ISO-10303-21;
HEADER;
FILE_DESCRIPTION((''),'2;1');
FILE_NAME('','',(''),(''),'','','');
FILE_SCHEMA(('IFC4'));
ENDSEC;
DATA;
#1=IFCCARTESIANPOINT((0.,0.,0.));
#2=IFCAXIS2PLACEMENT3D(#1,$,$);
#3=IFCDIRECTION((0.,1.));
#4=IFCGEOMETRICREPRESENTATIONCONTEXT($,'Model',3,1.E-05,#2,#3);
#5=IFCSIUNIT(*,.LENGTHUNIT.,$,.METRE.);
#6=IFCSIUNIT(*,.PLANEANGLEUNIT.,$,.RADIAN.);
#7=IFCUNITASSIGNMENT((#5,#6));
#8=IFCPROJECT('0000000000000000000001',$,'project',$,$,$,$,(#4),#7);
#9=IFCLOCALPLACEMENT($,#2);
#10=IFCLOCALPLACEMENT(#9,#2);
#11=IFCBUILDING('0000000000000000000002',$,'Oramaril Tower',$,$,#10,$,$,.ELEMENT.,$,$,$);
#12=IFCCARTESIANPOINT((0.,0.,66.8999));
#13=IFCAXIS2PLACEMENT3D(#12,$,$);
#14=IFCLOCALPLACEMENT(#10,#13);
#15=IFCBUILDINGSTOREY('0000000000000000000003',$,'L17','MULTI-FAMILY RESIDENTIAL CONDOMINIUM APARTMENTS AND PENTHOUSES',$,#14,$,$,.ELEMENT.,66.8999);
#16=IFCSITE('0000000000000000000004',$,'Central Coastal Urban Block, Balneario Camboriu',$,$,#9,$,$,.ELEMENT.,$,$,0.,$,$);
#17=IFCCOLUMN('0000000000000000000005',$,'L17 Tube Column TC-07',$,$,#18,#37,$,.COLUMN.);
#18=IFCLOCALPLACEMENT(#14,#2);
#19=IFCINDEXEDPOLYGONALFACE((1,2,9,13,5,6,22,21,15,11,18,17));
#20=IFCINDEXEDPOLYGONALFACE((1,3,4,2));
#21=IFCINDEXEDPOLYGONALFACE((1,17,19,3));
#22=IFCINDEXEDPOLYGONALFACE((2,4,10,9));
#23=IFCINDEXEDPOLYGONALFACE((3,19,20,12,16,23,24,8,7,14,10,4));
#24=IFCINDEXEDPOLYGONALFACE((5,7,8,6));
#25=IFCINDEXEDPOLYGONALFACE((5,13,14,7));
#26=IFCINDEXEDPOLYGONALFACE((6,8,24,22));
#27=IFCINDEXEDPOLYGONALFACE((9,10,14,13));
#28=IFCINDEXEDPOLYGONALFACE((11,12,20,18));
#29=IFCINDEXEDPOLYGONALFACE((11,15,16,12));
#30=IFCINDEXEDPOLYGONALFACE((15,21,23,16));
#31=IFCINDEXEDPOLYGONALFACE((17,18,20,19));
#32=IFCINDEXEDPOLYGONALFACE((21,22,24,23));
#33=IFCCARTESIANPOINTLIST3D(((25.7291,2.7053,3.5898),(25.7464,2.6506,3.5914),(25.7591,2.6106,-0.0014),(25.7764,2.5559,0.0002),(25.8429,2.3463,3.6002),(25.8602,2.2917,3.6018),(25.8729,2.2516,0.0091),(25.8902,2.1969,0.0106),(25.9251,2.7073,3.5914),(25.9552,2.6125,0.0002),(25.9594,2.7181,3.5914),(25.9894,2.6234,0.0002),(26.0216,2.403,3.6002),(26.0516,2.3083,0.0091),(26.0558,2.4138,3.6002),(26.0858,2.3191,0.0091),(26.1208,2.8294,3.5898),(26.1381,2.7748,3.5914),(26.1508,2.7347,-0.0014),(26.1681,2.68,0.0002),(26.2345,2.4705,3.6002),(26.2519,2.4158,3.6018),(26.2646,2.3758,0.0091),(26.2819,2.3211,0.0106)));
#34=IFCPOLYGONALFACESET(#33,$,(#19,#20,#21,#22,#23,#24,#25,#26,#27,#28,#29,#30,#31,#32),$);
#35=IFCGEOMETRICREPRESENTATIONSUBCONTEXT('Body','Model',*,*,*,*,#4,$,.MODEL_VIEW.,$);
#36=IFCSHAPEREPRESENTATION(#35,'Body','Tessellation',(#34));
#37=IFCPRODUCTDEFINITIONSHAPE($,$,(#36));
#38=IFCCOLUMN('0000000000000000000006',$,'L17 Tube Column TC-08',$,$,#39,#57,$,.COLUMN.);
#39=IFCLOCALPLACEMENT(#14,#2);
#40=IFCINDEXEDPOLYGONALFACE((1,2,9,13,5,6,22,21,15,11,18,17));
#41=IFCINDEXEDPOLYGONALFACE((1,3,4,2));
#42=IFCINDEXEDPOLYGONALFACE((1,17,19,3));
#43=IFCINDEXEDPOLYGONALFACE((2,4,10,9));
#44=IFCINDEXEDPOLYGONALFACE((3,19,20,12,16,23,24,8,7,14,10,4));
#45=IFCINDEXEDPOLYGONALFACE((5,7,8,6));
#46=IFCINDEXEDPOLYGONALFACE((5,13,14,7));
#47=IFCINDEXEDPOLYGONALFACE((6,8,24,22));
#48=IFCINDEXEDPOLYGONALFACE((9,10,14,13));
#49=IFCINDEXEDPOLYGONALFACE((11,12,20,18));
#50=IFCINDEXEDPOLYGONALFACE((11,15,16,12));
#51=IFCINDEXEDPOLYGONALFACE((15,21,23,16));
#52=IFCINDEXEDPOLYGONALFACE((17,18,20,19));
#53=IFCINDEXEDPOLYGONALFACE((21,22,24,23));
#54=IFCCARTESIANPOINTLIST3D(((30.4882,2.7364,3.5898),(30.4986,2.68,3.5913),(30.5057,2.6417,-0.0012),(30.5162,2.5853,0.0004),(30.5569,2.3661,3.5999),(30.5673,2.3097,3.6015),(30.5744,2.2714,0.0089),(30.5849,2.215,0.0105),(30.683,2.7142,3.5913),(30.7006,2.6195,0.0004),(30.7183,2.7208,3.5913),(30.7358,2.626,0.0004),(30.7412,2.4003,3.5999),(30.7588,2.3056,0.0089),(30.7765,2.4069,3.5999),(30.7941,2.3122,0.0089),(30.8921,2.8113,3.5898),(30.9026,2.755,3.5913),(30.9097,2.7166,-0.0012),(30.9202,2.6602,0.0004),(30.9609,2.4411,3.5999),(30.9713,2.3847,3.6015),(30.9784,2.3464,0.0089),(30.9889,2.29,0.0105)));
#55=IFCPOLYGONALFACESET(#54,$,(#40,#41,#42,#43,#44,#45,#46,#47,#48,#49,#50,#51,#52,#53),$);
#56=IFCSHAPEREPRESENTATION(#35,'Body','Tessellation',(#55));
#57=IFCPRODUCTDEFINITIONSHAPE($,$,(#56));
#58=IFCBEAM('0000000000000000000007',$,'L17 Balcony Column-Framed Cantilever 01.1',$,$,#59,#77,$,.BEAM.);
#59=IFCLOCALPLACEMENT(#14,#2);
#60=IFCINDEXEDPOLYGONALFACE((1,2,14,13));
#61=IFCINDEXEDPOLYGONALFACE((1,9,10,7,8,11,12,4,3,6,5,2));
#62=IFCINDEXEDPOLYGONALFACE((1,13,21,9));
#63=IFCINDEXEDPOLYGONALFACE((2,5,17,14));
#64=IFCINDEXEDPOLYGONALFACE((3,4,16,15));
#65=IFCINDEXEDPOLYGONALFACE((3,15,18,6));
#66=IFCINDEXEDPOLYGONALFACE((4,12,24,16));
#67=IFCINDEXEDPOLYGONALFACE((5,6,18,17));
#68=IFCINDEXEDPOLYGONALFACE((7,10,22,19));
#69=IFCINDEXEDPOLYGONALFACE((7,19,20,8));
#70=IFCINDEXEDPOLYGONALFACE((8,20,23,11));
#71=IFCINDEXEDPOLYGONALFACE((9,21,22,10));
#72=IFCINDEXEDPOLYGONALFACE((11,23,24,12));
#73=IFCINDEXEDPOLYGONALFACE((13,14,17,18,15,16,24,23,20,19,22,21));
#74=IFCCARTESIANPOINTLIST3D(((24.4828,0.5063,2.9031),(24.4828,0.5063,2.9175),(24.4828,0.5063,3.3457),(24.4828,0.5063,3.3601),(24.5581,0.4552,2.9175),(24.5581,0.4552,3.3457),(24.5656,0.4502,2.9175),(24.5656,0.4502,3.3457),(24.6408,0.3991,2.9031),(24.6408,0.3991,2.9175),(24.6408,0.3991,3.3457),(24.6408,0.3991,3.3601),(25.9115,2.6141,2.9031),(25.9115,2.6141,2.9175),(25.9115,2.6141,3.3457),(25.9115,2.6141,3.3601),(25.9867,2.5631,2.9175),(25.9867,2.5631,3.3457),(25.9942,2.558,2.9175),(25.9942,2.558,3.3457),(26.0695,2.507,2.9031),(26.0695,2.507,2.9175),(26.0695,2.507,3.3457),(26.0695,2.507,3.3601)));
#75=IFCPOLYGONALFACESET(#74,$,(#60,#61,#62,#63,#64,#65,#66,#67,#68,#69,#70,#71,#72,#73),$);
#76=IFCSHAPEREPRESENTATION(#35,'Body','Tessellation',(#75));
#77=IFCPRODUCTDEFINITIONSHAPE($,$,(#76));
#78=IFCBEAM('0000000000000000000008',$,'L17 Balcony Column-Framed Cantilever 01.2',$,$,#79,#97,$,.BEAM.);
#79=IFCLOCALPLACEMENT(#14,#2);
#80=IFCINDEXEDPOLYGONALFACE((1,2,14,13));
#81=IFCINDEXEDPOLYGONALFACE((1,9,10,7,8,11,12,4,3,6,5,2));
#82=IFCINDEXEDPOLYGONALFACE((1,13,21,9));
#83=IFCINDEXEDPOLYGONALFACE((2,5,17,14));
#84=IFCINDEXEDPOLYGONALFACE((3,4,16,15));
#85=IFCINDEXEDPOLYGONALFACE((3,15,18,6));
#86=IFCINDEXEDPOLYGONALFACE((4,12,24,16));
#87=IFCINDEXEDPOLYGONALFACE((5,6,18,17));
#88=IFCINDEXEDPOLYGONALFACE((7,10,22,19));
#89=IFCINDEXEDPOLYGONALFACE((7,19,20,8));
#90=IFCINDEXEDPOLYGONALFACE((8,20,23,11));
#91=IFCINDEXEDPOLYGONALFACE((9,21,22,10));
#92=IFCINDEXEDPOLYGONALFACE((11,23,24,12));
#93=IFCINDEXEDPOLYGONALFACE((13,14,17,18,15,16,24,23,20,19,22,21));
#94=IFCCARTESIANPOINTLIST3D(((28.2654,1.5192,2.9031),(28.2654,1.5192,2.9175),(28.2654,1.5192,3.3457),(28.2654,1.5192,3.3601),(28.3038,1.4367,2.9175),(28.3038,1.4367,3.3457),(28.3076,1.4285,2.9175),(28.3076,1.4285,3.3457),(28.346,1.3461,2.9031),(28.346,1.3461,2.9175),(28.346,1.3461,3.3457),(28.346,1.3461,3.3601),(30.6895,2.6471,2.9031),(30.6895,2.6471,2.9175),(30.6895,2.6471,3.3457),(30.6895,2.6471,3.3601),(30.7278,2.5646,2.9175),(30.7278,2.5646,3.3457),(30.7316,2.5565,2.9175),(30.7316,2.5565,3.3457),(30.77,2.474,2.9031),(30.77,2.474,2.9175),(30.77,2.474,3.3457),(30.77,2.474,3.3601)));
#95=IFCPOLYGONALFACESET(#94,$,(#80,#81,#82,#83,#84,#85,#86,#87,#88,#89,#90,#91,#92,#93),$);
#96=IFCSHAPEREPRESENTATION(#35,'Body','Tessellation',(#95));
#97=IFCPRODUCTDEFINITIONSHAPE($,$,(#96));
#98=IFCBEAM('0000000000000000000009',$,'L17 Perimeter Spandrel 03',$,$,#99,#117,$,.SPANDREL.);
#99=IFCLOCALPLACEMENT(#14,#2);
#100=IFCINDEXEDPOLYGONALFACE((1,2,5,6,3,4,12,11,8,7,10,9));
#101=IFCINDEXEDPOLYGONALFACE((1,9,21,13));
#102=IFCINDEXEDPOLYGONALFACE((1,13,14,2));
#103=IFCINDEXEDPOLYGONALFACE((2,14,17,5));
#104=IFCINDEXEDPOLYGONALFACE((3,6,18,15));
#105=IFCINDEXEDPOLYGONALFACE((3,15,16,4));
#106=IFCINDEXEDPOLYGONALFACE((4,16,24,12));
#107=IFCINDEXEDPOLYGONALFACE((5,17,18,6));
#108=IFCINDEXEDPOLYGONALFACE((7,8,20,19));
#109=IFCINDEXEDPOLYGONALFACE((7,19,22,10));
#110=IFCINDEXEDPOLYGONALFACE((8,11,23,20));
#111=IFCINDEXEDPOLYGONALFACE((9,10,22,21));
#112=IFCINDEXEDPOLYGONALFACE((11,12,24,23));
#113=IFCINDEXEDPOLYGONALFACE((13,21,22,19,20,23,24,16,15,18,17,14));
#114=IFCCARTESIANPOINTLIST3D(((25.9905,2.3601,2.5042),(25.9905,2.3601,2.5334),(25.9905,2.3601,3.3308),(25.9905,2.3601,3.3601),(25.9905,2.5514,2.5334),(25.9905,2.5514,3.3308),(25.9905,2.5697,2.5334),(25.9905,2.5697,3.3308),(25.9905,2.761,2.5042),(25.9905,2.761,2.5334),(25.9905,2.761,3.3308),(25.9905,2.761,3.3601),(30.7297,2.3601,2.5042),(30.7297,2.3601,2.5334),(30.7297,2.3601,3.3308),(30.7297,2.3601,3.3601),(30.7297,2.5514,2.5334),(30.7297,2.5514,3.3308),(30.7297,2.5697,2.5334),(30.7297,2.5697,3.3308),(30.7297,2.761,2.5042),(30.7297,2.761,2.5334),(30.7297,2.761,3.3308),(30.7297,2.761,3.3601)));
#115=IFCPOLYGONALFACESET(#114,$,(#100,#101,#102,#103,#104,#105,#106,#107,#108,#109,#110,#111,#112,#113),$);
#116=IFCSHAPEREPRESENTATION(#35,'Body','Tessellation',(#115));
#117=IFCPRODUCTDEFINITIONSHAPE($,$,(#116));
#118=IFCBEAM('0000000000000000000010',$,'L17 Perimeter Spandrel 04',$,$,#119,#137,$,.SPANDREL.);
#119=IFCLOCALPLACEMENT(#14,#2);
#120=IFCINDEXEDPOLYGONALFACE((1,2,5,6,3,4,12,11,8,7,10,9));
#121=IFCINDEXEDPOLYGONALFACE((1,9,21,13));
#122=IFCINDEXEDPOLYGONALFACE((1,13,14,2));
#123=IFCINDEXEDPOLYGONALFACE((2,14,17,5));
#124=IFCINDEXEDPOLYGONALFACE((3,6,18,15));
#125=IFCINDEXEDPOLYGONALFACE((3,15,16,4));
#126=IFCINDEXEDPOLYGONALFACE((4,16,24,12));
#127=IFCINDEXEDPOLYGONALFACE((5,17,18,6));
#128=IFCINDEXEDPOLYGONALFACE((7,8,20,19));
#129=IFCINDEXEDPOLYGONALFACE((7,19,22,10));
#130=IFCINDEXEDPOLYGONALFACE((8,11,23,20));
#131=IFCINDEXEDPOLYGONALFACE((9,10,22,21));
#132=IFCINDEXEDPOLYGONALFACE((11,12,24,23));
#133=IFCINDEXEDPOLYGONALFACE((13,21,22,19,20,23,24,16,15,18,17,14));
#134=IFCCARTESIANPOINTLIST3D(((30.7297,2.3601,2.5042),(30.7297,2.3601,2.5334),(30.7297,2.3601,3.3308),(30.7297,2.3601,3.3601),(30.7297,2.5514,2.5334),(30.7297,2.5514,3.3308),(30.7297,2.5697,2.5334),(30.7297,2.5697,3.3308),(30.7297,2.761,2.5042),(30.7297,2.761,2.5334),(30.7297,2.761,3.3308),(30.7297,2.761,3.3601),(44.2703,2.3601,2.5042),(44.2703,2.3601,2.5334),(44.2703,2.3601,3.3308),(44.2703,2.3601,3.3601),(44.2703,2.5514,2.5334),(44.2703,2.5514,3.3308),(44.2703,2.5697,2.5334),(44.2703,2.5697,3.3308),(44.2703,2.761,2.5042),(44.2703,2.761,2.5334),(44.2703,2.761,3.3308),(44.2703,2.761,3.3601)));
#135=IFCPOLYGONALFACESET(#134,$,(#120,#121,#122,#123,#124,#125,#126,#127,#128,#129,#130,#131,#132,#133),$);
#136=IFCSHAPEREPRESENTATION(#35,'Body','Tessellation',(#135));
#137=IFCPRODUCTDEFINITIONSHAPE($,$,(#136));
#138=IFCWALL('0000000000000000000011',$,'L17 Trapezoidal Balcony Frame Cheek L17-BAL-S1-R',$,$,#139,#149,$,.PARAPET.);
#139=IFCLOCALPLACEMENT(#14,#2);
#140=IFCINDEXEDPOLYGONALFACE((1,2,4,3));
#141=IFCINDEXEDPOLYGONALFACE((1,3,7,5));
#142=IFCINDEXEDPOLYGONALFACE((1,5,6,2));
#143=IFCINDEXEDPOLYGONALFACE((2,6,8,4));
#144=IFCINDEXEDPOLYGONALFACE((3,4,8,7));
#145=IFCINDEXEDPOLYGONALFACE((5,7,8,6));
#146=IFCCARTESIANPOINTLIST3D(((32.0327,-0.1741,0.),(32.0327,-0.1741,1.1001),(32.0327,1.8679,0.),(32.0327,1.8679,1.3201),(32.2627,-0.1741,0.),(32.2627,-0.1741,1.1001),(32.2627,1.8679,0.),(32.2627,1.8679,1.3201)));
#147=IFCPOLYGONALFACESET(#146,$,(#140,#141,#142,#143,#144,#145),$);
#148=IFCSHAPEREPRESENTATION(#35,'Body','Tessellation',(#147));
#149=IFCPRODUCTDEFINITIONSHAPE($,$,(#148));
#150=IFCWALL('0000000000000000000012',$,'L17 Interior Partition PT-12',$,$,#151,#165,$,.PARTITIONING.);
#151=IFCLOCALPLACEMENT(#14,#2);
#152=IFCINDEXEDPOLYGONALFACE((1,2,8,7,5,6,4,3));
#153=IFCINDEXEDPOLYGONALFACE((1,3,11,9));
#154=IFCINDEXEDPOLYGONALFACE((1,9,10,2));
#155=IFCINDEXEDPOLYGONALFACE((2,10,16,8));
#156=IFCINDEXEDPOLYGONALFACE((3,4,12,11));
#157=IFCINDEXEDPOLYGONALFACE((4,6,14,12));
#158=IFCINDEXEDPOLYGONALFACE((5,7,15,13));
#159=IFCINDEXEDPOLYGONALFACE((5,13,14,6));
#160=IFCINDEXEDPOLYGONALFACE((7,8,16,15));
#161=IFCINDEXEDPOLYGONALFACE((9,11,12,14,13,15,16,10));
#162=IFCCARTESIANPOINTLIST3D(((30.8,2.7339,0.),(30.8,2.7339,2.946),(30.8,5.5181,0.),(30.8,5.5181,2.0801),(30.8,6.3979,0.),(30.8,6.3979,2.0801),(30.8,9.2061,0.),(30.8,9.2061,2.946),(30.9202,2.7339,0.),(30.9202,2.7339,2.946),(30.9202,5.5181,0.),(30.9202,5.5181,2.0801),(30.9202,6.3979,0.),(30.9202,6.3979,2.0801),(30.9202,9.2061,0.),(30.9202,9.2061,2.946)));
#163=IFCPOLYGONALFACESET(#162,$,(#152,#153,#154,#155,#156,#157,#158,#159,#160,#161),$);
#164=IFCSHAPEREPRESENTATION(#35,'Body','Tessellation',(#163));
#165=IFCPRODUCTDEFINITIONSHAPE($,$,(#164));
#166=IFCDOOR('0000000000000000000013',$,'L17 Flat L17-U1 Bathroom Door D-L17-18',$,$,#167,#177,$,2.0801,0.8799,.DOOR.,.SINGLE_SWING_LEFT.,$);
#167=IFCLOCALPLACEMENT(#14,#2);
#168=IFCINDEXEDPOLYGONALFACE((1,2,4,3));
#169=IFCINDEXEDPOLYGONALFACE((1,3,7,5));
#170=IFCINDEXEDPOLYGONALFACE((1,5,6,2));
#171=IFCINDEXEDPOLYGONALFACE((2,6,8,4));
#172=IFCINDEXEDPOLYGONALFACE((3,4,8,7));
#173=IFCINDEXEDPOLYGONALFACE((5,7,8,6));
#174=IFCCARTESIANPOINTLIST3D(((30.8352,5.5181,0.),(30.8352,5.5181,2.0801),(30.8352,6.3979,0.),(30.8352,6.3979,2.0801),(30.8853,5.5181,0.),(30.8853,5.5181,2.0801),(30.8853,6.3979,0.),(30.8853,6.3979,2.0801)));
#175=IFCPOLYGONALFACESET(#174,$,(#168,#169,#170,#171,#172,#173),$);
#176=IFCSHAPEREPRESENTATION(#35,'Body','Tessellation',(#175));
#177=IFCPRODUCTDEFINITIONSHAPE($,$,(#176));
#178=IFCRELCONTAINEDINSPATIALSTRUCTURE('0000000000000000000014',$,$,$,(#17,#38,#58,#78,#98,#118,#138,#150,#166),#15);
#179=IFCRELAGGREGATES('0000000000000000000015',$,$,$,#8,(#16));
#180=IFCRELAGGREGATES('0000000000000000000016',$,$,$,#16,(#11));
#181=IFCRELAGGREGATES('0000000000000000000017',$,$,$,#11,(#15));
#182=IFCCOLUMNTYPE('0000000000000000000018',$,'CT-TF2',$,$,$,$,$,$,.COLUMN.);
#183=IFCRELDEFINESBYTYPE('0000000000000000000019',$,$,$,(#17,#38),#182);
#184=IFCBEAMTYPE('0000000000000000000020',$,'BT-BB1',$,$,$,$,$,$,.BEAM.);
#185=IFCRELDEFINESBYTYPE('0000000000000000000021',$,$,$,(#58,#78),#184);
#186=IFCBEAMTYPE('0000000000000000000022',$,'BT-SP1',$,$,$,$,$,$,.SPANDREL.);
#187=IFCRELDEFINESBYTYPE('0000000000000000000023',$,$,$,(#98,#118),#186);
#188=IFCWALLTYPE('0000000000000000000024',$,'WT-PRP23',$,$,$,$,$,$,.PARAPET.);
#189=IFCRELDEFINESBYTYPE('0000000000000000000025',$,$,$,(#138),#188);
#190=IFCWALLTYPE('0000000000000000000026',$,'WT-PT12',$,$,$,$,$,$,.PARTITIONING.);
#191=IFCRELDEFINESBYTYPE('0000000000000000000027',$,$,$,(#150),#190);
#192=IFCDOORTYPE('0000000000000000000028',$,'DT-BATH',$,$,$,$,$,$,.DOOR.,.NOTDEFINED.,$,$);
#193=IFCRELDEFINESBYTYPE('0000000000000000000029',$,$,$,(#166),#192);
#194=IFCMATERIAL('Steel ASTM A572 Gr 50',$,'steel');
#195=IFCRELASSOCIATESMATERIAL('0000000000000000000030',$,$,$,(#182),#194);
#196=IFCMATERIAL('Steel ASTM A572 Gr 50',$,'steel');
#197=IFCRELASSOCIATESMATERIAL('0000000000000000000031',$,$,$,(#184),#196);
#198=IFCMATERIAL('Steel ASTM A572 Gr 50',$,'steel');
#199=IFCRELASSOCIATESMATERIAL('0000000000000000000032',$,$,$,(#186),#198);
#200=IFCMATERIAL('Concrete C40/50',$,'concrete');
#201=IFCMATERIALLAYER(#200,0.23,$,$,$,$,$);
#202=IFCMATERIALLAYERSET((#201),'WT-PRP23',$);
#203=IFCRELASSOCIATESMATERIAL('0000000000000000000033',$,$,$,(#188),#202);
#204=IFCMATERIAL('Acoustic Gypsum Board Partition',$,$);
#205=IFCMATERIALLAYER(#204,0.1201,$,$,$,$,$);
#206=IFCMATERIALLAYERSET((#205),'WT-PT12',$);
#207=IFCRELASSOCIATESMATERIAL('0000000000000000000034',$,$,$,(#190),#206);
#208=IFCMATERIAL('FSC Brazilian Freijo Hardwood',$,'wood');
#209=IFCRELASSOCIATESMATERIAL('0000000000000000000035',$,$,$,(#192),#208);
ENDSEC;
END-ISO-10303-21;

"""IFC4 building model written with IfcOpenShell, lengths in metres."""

from ifc_helpers import new_model, si_unit, direction, frame, frame_2d, origin, origin_2d, place, context, subcontext, project, spatial, polyline, rectangle, i_section, outline, extrude, material, layer, layer_set, material_profile, profile_set, type_object, element, fill, save


model = new_model("IFC4")

# Units and contexts
model_context = context("Model", 3, precision=1e-05, world=origin(), true_north=direction((0.0, 1.0)))
body_context = subcontext(model_context, "Body", "Model", "MODEL_VIEW")
ifc_project = project(units=[si_unit("LENGTHUNIT", "METRE"), si_unit("PLANEANGLEUNIT", "RADIAN")], contexts=[model_context])

# Site, building, storey
site_placement = place(None, origin())
site = spatial("IfcSite", under=ifc_project, at=site_placement, Name="Central Coastal Urban Block, Balneario Camboriu", CompositionType="ELEMENT", RefElevation=0.0)
building_placement = place(site_placement, origin())
building = spatial("IfcBuilding", under=site, at=building_placement, Name="Oramaril Tower", CompositionType="ELEMENT")
storey_placement = place(building_placement, frame((0.0, 0.0, 66.8999)))
storey = spatial("IfcBuildingStorey", under=building, at=storey_placement, Name="L17", Description="MULTI-FAMILY RESIDENTIAL CONDOMINIUM APARTMENTS AND PENTHOUSES", CompositionType="ELEMENT", Elevation=66.8999)

# Columns
ifc_material_1 = material(Name="Steel ASTM A572 Gr 50", Category="steel")
ifc_material_profile_1 = material_profile(ifc_material_1, i_section(OverallWidth=0.4109, OverallDepth=0.4341, WebThickness=0.0359, FlangeThickness=0.0574, at=origin_2d()), Name="W14X311")
ifc_profile_set_1 = profile_set([ifc_material_profile_1], Name="Steel ASTM A572 Gr 50")
column_type = type_object("IfcColumnType", Name="CT-TF2", PredefinedType="COLUMN", material=ifc_profile_set_1)
column_1_placement = place(storey_placement, frame((26.0205, 2.4658, 0.0046), z_axis=(-0.008359, 0.026368, 0.999617), x_axis=(-0.953248, -0.302189, 0.0)))
element("IfcColumn", 1, at=column_1_placement, inside=storey, type_object=column_type, Name="L17 Tube Column TC-07", PredefinedType="COLUMN", context=body_context, shape_type="SweptSolid", body=[
    extrude(i_section(OverallWidth=0.4109, OverallDepth=0.4341, WebThickness=0.0359, FlangeThickness=0.0574, at=origin_2d()), origin(), (0.0, 0.0, 1.0), 3.5925),
])
column_2_placement = place(storey_placement, frame((30.7473, 2.4658, 0.0046), z_axis=(-0.004893, 0.026369, 0.99964), x_axis=(-0.983215, -0.182452, 0.0)))
element("IfcColumn", 2, at=column_2_placement, inside=storey, type_object=column_type, Name="L17 Tube Column TC-08", PredefinedType="COLUMN", context=body_context, shape_type="SweptSolid", body=[
    extrude(i_section(OverallWidth=0.4109, OverallDepth=0.4341, WebThickness=0.0359, FlangeThickness=0.0574, at=origin_2d()), origin(), (0.0, 0.0, 1.0), 3.5923),
])

# Beams
ifc_material_2 = material(Name="Steel ASTM A572 Gr 50", Category="steel")
ifc_material_profile_2 = material_profile(ifc_material_2, i_section(OverallWidth=0.1909, OverallDepth=0.457, WebThickness=0.009, FlangeThickness=0.0144, at=origin_2d()), Name="W18X50")
ifc_profile_set_2 = profile_set([ifc_material_profile_2], Name="Steel ASTM A572 Gr 50")
beam_type_1 = type_object("IfcBeamType", Name="BT-BB1", PredefinedType="BEAM", material=ifc_profile_set_2)
beam_1_placement = place(storey_placement, frame((25.9905, 2.5605, 3.1316), z_axis=(-0.561056, -0.827778, 0.0), x_axis=(0.827778, -0.561056, 0.0)))
element("IfcBeam", 3, at=beam_1_placement, inside=storey, type_object=beam_type_1, Name="L17 Balcony Column-Framed Cantilever 01.1", PredefinedType="BEAM", context=body_context, shape_type="SweptSolid", body=[
    extrude(i_section(OverallWidth=0.1909, OverallDepth=0.457, WebThickness=0.009, FlangeThickness=0.0144, at=origin_2d()), origin(), (0.0, 0.0, 1.0), 2.5464),
])
beam_2_placement = place(storey_placement, frame((30.7297, 2.5605, 3.1316), z_axis=(-0.906656, -0.42187, 0.0), x_axis=(0.42187, -0.906656, 0.0)))
element("IfcBeam", 4, at=beam_2_placement, inside=storey, type_object=beam_type_1, Name="L17 Balcony Column-Framed Cantilever 01.2", PredefinedType="BEAM", context=body_context, shape_type="SweptSolid", body=[
    extrude(i_section(OverallWidth=0.1909, OverallDepth=0.457, WebThickness=0.009, FlangeThickness=0.0144, at=origin_2d()), origin(), (0.0, 0.0, 1.0), 2.6736),
])
ifc_material_3 = material(Name="Steel ASTM A572 Gr 50", Category="steel")
ifc_material_profile_3 = material_profile(ifc_material_3, i_section(OverallWidth=0.4009, OverallDepth=0.856, WebThickness=0.0183, FlangeThickness=0.0293, at=origin_2d()), Name="W33X201")
ifc_profile_set_3 = profile_set([ifc_material_profile_3], Name="Steel ASTM A572 Gr 50")
beam_type_2 = type_object("IfcBeamType", Name="BT-SP1", PredefinedType="SPANDREL", material=ifc_profile_set_3)
beam_3_placement = place(storey_placement, frame((25.9905, 2.5605, 2.9321), z_axis=(1.0, 0.0, 0.0), x_axis=(0.0, 1.0, 0.0)))
element("IfcBeam", 5, at=beam_3_placement, inside=storey, type_object=beam_type_2, Name="L17 Perimeter Spandrel 03", PredefinedType="SPANDREL", context=body_context, shape_type="SweptSolid", body=[
    extrude(i_section(OverallWidth=0.4009, OverallDepth=0.856, WebThickness=0.0183, FlangeThickness=0.0293, at=origin_2d()), origin(), (0.0, 0.0, 1.0), 4.7393),
])
beam_4_placement = place(storey_placement, frame((30.7297, 2.5605, 2.9321), z_axis=(1.0, 0.0, 0.0), x_axis=(0.0, 1.0, 0.0)))
element("IfcBeam", 6, at=beam_4_placement, inside=storey, type_object=beam_type_2, Name="L17 Perimeter Spandrel 04", PredefinedType="SPANDREL", context=body_context, shape_type="SweptSolid", body=[
    extrude(i_section(OverallWidth=0.4009, OverallDepth=0.856, WebThickness=0.0183, FlangeThickness=0.0293, at=origin_2d()), origin(), (0.0, 0.0, 1.0), 13.5405),
])

# Wall
ifc_material_4 = material(Name="Concrete C40/50", Category="concrete")
ifc_layer_1 = layer(ifc_material_4, 0.23)
ifc_layer_set_1 = layer_set([ifc_layer_1], Name="WT-PRP23")
wall_type_1 = type_object("IfcWallType", Name="WT-PRP23", PredefinedType="PARAPET", material=ifc_layer_set_1)
wall_1_placement = place(storey_placement, frame((32.1477, 1.8679, 0.0), z_axis=(0.0, 0.0, 1.0), x_axis=(0.0, -1.0, 0.0)))
element("IfcWall", 7, at=wall_1_placement, inside=storey, type_object=wall_type_1, Name="L17 Trapezoidal Balcony Frame Cheek L17-BAL-S1-R", PredefinedType="PARAPET", context=body_context, shape_type="SweptSolid", body=[
    extrude(outline(polyline([(0.0, 0.0), (2.042, 0.0), (2.042, 1.1001), (0.0, 1.3201), (0.0, 0.0)])), frame((0.0, 0.115, 0.0), z_axis=(0.0, -1.0, 0.0), x_axis=(1.0, 0.0, 0.0)), (0.0, 0.0, 1.0), 0.23),
])

# Wall, opening, door
ifc_material_5 = material(Name="Acoustic Gypsum Board Partition")
ifc_layer_2 = layer(ifc_material_5, 0.1201)
ifc_layer_set_2 = layer_set([ifc_layer_2], Name="WT-PT12")
wall_type_2 = type_object("IfcWallType", Name="WT-PT12", PredefinedType="PARTITIONING", material=ifc_layer_set_2)
wall_2_placement = place(storey_placement, frame((30.8601, 2.7339, 0.0), z_axis=(0.0, 0.0, 1.0), x_axis=(0.0, 1.0, 0.0)))
wall_2 = element("IfcWall", 8, at=wall_2_placement, inside=storey, type_object=wall_type_2, Name="L17 Interior Partition PT-12", PredefinedType="PARTITIONING", context=body_context, shape_type="SweptSolid", body=[
    extrude(rectangle(XDim=6.4722, YDim=0.1201, at=frame_2d((3.2361, 0.0))), origin(), (0.0, 0.0, 1.0), 2.946),
])
opening_placement = place(wall_2_placement, frame((2.7842, 0.0, 0.0)))
opening = element("IfcOpeningElement", 9, at=opening_placement, cuts=wall_2, PredefinedType="OPENING", context=body_context, shape_type="SweptSolid", body=[
    extrude(rectangle(XDim=0.8799, YDim=2.0801, at=frame_2d((0.4399, 1.04))), frame((0.0, 0.0601, 0.0), z_axis=(0.0, -1.0, 0.0), x_axis=(1.0, 0.0, 0.0)), (0.0, 0.0, 1.0), 0.1201),
])
ifc_material_6 = material(Name="FSC Brazilian Freijo Hardwood", Category="wood")
door_type = type_object("IfcDoorType", Name="DT-BATH", OperationType="NOTDEFINED", PredefinedType="DOOR", material=ifc_material_6)
door_placement = place(opening_placement, origin())
door = element("IfcDoor", 10, at=door_placement, inside=storey, type_object=door_type, Name="L17 Flat L17-U1 Bathroom Door D-L17-18", OperationType="SINGLE_SWING_LEFT", OverallHeight=2.0801, OverallWidth=0.8799, PredefinedType="DOOR", context=body_context, shape_type="SweptSolid", body=[
    extrude(rectangle(XDim=0.8799, YDim=2.0801, at=frame_2d((0.4399, 1.04))), frame((0.0, 0.0249, 0.0), z_axis=(0.0, -1.0, 0.0), x_axis=(1.0, 0.0, 0.0)), (0.0, 0.0, 1.0), 0.05),
])
fill(opening, door)

save(model, "model.ifc")
